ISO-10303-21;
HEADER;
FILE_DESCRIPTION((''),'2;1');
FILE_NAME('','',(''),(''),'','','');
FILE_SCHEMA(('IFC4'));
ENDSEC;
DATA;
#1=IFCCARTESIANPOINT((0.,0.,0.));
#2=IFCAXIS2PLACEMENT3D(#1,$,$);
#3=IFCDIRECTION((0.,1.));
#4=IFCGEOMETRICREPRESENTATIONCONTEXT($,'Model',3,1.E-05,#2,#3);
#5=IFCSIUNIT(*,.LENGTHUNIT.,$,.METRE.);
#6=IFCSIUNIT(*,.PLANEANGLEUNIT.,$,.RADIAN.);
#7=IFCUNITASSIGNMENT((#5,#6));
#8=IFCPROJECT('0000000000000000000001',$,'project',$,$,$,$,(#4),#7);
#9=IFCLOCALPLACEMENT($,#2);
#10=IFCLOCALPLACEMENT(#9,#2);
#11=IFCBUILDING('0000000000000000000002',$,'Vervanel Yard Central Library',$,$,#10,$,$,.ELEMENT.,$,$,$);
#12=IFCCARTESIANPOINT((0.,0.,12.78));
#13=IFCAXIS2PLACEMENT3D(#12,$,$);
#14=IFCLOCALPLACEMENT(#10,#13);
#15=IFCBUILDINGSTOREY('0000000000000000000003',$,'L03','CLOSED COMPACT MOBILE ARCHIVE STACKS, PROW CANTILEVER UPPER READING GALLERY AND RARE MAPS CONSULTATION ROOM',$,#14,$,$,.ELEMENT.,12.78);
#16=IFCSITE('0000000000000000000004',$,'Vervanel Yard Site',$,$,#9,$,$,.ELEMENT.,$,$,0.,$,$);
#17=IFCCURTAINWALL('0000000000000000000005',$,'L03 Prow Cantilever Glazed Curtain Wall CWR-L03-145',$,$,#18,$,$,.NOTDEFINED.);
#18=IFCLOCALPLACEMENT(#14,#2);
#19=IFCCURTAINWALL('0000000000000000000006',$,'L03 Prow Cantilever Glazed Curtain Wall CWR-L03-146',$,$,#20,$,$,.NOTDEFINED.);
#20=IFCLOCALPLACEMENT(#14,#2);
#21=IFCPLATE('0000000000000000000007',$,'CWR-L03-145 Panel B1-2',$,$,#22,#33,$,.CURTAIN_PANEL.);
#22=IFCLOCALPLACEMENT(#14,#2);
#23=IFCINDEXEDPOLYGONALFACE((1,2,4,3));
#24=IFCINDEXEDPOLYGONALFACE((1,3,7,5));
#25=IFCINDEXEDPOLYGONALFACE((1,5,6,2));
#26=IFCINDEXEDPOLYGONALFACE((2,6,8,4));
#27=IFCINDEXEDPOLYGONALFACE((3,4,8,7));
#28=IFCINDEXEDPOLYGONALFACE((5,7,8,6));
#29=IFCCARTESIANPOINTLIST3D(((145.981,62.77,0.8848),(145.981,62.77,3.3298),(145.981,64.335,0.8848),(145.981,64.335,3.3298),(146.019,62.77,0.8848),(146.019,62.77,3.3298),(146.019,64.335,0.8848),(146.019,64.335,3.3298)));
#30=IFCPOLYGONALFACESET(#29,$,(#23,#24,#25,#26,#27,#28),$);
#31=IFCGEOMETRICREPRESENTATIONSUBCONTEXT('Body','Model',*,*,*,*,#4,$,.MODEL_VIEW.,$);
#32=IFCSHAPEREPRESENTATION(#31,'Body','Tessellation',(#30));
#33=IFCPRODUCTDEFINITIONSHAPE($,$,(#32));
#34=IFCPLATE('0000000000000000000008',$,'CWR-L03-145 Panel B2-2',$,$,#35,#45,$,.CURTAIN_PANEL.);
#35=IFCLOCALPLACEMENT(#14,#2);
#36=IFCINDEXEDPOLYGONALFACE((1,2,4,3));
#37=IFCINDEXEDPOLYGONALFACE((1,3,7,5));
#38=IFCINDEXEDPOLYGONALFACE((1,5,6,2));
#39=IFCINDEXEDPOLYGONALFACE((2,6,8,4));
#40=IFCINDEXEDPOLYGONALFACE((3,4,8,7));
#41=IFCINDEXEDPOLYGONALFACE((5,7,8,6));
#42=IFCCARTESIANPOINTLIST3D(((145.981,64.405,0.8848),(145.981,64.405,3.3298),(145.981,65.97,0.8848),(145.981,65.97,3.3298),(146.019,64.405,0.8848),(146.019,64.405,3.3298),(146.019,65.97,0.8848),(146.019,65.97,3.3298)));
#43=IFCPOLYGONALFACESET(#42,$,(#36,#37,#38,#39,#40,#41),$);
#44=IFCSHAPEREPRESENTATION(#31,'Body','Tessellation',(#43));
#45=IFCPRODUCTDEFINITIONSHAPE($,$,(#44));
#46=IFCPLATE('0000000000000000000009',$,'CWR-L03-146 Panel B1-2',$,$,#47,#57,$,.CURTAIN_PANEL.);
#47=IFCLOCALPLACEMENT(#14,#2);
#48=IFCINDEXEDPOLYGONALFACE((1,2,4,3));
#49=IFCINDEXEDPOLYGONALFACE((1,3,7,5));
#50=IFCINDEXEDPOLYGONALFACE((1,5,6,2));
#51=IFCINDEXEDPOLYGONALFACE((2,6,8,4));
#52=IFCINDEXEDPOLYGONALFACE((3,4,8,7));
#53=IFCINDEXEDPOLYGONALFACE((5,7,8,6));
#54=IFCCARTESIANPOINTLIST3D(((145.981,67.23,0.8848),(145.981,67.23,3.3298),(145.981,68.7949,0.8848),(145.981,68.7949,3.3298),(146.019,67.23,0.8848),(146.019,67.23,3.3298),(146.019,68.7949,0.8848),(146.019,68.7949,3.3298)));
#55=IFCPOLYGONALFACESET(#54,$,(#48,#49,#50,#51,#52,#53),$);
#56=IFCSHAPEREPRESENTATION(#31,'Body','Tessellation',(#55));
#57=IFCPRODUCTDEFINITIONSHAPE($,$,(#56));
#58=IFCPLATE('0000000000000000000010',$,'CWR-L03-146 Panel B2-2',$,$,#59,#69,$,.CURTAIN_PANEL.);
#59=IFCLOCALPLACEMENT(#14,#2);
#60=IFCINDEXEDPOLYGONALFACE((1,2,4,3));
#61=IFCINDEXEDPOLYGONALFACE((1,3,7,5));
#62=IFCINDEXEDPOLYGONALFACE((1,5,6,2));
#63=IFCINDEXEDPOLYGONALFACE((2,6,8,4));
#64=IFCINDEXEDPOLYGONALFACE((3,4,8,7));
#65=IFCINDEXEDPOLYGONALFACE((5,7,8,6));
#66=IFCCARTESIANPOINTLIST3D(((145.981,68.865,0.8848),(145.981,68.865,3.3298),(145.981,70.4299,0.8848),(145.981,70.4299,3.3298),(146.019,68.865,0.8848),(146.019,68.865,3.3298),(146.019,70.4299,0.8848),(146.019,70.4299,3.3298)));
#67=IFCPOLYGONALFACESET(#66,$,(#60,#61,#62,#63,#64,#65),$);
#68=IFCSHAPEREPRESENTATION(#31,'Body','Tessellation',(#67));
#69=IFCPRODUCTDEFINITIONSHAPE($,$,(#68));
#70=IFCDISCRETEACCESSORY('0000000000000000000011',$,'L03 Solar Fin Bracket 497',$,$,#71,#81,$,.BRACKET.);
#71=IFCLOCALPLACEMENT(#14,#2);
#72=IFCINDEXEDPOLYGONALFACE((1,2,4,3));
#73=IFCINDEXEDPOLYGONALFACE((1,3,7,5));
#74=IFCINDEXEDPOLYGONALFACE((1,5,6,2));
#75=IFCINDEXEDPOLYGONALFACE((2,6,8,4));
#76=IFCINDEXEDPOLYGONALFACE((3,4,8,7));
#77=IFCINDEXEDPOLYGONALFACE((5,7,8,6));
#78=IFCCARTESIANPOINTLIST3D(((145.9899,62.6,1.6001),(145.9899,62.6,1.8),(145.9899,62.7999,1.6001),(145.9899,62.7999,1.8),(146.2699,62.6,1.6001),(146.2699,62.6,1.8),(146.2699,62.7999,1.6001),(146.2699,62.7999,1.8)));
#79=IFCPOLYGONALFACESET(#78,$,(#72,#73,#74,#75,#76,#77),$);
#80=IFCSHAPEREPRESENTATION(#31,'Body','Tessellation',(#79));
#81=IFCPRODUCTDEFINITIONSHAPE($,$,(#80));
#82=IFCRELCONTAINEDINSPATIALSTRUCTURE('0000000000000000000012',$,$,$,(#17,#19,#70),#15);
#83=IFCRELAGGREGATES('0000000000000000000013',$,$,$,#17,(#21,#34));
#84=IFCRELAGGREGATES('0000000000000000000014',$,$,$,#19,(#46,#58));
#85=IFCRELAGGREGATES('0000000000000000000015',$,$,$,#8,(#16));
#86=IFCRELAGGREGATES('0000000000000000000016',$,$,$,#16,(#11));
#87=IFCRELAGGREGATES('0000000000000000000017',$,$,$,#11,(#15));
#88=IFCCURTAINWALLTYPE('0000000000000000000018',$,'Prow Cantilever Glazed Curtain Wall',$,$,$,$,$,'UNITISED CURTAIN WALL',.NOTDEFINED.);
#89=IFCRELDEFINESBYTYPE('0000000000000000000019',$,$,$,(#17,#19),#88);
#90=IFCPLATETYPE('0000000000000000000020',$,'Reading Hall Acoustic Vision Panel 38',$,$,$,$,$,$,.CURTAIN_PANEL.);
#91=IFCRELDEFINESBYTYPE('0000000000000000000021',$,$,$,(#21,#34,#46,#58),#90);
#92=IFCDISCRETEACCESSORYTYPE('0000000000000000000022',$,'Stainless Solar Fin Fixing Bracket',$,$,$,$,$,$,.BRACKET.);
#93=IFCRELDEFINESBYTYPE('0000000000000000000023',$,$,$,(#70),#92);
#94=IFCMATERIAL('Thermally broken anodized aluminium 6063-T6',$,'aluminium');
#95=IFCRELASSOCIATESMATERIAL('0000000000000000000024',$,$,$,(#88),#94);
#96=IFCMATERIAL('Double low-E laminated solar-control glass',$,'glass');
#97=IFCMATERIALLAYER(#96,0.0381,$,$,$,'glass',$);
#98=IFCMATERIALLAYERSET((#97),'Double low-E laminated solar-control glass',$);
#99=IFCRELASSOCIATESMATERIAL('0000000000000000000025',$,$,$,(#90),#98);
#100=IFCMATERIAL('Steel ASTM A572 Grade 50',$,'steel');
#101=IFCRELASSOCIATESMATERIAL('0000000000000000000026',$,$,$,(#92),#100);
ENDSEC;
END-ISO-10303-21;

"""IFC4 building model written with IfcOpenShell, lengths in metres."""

from ifc_helpers import new_model, si_unit, direction, frame, origin, origin_2d, place, context, subcontext, project, spatial, rectangle, extrude, material, layer, layer_set, type_object, element, aggregate, save


model = new_model("IFC4")

# Units and contexts
model_context = context("Model", 3, precision=1e-05, world=origin(), true_north=direction((0.0, 1.0)))
body_context = subcontext(model_context, "Body", "Model", "MODEL_VIEW")
ifc_project = project(units=[si_unit("LENGTHUNIT", "METRE"), si_unit("PLANEANGLEUNIT", "RADIAN")], contexts=[model_context])

# Site, building, storey
site_placement = place(None, origin())
site = spatial("IfcSite", under=ifc_project, at=site_placement, Name="Vervanel Yard Site", CompositionType="ELEMENT", RefElevation=0.0)
building_placement = place(site_placement, origin())
building = spatial("IfcBuilding", under=site, at=building_placement, Name="Vervanel Yard Central Library", CompositionType="ELEMENT")
storey_placement = place(building_placement, frame((0.0, 0.0, 12.78)))
storey = spatial("IfcBuildingStorey", under=building, at=storey_placement, Name="L03", Description="CLOSED COMPACT MOBILE ARCHIVE STACKS, PROW CANTILEVER UPPER READING GALLERY AND RARE MAPS CONSULTATION ROOM", CompositionType="ELEMENT", Elevation=12.78)

# Shared definitions
ifc_material_1 = material(Name="Thermally broken anodized aluminium 6063-T6", Category="aluminium")
curtain_wall_type = type_object("IfcCurtainWallType", Name="Prow Cantilever Glazed Curtain Wall", ElementType="UNITISED CURTAIN WALL", PredefinedType="NOTDEFINED", material=ifc_material_1)

# Curtain walls
curtain_wall_1_placement = place(storey_placement, origin())
curtain_wall_1 = element("IfcCurtainWall", 1, at=curtain_wall_1_placement, inside=storey, type_object=curtain_wall_type, Name="L03 Prow Cantilever Glazed Curtain Wall CWR-L03-145", PredefinedType="NOTDEFINED")
curtain_wall_2_placement = place(storey_placement, origin())
curtain_wall_2 = element("IfcCurtainWall", 2, at=curtain_wall_2_placement, inside=storey, type_object=curtain_wall_type, Name="L03 Prow Cantilever Glazed Curtain Wall CWR-L03-146", PredefinedType="NOTDEFINED")

# Shared definitions
ifc_material_2 = material(Name="Steel ASTM A572 Grade 50", Category="steel")

# Plates
ifc_material_3 = material(Name="Double low-E laminated solar-control glass", Category="glass")
ifc_layer_1 = layer(ifc_material_3, 0.0381, Category="glass")
ifc_layer_set_1 = layer_set([ifc_layer_1], Name="Double low-E laminated solar-control glass")
plate_type_1 = type_object("IfcPlateType", Name="Reading Hall Acoustic Vision Panel 38", PredefinedType="CURTAIN_PANEL", material=ifc_layer_set_1)
plate_1_placement = place(storey_placement, frame((146.0, 63.5525, 0.8848), z_axis=(0.0, 0.0, 1.0), x_axis=(0.0, 1.0, 0.0)))
plate_1 = element("IfcPlate", 3, at=plate_1_placement, type_object=plate_type_1, Name="CWR-L03-145 Panel B1-2", PredefinedType="CURTAIN_PANEL", context=body_context, shape_type="SweptSolid", body=[
    extrude(rectangle(XDim=1.5649, YDim=0.0381, at=origin_2d()), origin(), (0.0, 0.0, 1.0), 2.4451),
])
plate_2_placement = place(storey_placement, frame((146.0, 65.1875, 0.8848), z_axis=(0.0, 0.0, 1.0), x_axis=(0.0, 1.0, 0.0)))
plate_2 = element("IfcPlate", 4, at=plate_2_placement, type_object=plate_type_1, Name="CWR-L03-145 Panel B2-2", PredefinedType="CURTAIN_PANEL", context=body_context, shape_type="SweptSolid", body=[
    extrude(rectangle(XDim=1.5649, YDim=0.0381, at=origin_2d()), origin(), (0.0, 0.0, 1.0), 2.4451),
])
aggregate(curtain_wall_1, [plate_1, plate_2])
plate_3_placement = place(storey_placement, frame((146.0, 68.0125, 0.8848), z_axis=(0.0, 0.0, 1.0), x_axis=(0.0, 1.0, 0.0)))
plate_3 = element("IfcPlate", 5, at=plate_3_placement, type_object=plate_type_1, Name="CWR-L03-146 Panel B1-2", PredefinedType="CURTAIN_PANEL", context=body_context, shape_type="SweptSolid", body=[
    extrude(rectangle(XDim=1.5649, YDim=0.0381, at=origin_2d()), origin(), (0.0, 0.0, 1.0), 2.4451),
])
plate_4_placement = place(storey_placement, frame((146.0, 69.6475, 0.8848), z_axis=(0.0, 0.0, 1.0), x_axis=(0.0, 1.0, 0.0)))
plate_4 = element("IfcPlate", 6, at=plate_4_placement, type_object=plate_type_1, Name="CWR-L03-146 Panel B2-2", PredefinedType="CURTAIN_PANEL", context=body_context, shape_type="SweptSolid", body=[
    extrude(rectangle(XDim=1.5649, YDim=0.0381, at=origin_2d()), origin(), (0.0, 0.0, 1.0), 2.4451),
])
aggregate(curtain_wall_2, [plate_3, plate_4])

# Discrete accessory
discrete_accessory_type = type_object("IfcDiscreteAccessoryType", Name="Stainless Solar Fin Fixing Bracket", PredefinedType="BRACKET", material=ifc_material_2)
discrete_accessory_placement = place(storey_placement, frame((146.1299, 62.7, 1.6001), z_axis=(0.0, 0.0, 1.0), x_axis=(0.0, 1.0, 0.0)))
element("IfcDiscreteAccessory", 7, at=discrete_accessory_placement, inside=storey, type_object=discrete_accessory_type, Name="L03 Solar Fin Bracket 497", PredefinedType="BRACKET", context=body_context, shape_type="SweptSolid", body=[
    extrude(rectangle(XDim=0.2, YDim=0.28, at=origin_2d()), origin(), (0.0, 0.0, 1.0), 0.2),
])

save(model, "model.ifc")
